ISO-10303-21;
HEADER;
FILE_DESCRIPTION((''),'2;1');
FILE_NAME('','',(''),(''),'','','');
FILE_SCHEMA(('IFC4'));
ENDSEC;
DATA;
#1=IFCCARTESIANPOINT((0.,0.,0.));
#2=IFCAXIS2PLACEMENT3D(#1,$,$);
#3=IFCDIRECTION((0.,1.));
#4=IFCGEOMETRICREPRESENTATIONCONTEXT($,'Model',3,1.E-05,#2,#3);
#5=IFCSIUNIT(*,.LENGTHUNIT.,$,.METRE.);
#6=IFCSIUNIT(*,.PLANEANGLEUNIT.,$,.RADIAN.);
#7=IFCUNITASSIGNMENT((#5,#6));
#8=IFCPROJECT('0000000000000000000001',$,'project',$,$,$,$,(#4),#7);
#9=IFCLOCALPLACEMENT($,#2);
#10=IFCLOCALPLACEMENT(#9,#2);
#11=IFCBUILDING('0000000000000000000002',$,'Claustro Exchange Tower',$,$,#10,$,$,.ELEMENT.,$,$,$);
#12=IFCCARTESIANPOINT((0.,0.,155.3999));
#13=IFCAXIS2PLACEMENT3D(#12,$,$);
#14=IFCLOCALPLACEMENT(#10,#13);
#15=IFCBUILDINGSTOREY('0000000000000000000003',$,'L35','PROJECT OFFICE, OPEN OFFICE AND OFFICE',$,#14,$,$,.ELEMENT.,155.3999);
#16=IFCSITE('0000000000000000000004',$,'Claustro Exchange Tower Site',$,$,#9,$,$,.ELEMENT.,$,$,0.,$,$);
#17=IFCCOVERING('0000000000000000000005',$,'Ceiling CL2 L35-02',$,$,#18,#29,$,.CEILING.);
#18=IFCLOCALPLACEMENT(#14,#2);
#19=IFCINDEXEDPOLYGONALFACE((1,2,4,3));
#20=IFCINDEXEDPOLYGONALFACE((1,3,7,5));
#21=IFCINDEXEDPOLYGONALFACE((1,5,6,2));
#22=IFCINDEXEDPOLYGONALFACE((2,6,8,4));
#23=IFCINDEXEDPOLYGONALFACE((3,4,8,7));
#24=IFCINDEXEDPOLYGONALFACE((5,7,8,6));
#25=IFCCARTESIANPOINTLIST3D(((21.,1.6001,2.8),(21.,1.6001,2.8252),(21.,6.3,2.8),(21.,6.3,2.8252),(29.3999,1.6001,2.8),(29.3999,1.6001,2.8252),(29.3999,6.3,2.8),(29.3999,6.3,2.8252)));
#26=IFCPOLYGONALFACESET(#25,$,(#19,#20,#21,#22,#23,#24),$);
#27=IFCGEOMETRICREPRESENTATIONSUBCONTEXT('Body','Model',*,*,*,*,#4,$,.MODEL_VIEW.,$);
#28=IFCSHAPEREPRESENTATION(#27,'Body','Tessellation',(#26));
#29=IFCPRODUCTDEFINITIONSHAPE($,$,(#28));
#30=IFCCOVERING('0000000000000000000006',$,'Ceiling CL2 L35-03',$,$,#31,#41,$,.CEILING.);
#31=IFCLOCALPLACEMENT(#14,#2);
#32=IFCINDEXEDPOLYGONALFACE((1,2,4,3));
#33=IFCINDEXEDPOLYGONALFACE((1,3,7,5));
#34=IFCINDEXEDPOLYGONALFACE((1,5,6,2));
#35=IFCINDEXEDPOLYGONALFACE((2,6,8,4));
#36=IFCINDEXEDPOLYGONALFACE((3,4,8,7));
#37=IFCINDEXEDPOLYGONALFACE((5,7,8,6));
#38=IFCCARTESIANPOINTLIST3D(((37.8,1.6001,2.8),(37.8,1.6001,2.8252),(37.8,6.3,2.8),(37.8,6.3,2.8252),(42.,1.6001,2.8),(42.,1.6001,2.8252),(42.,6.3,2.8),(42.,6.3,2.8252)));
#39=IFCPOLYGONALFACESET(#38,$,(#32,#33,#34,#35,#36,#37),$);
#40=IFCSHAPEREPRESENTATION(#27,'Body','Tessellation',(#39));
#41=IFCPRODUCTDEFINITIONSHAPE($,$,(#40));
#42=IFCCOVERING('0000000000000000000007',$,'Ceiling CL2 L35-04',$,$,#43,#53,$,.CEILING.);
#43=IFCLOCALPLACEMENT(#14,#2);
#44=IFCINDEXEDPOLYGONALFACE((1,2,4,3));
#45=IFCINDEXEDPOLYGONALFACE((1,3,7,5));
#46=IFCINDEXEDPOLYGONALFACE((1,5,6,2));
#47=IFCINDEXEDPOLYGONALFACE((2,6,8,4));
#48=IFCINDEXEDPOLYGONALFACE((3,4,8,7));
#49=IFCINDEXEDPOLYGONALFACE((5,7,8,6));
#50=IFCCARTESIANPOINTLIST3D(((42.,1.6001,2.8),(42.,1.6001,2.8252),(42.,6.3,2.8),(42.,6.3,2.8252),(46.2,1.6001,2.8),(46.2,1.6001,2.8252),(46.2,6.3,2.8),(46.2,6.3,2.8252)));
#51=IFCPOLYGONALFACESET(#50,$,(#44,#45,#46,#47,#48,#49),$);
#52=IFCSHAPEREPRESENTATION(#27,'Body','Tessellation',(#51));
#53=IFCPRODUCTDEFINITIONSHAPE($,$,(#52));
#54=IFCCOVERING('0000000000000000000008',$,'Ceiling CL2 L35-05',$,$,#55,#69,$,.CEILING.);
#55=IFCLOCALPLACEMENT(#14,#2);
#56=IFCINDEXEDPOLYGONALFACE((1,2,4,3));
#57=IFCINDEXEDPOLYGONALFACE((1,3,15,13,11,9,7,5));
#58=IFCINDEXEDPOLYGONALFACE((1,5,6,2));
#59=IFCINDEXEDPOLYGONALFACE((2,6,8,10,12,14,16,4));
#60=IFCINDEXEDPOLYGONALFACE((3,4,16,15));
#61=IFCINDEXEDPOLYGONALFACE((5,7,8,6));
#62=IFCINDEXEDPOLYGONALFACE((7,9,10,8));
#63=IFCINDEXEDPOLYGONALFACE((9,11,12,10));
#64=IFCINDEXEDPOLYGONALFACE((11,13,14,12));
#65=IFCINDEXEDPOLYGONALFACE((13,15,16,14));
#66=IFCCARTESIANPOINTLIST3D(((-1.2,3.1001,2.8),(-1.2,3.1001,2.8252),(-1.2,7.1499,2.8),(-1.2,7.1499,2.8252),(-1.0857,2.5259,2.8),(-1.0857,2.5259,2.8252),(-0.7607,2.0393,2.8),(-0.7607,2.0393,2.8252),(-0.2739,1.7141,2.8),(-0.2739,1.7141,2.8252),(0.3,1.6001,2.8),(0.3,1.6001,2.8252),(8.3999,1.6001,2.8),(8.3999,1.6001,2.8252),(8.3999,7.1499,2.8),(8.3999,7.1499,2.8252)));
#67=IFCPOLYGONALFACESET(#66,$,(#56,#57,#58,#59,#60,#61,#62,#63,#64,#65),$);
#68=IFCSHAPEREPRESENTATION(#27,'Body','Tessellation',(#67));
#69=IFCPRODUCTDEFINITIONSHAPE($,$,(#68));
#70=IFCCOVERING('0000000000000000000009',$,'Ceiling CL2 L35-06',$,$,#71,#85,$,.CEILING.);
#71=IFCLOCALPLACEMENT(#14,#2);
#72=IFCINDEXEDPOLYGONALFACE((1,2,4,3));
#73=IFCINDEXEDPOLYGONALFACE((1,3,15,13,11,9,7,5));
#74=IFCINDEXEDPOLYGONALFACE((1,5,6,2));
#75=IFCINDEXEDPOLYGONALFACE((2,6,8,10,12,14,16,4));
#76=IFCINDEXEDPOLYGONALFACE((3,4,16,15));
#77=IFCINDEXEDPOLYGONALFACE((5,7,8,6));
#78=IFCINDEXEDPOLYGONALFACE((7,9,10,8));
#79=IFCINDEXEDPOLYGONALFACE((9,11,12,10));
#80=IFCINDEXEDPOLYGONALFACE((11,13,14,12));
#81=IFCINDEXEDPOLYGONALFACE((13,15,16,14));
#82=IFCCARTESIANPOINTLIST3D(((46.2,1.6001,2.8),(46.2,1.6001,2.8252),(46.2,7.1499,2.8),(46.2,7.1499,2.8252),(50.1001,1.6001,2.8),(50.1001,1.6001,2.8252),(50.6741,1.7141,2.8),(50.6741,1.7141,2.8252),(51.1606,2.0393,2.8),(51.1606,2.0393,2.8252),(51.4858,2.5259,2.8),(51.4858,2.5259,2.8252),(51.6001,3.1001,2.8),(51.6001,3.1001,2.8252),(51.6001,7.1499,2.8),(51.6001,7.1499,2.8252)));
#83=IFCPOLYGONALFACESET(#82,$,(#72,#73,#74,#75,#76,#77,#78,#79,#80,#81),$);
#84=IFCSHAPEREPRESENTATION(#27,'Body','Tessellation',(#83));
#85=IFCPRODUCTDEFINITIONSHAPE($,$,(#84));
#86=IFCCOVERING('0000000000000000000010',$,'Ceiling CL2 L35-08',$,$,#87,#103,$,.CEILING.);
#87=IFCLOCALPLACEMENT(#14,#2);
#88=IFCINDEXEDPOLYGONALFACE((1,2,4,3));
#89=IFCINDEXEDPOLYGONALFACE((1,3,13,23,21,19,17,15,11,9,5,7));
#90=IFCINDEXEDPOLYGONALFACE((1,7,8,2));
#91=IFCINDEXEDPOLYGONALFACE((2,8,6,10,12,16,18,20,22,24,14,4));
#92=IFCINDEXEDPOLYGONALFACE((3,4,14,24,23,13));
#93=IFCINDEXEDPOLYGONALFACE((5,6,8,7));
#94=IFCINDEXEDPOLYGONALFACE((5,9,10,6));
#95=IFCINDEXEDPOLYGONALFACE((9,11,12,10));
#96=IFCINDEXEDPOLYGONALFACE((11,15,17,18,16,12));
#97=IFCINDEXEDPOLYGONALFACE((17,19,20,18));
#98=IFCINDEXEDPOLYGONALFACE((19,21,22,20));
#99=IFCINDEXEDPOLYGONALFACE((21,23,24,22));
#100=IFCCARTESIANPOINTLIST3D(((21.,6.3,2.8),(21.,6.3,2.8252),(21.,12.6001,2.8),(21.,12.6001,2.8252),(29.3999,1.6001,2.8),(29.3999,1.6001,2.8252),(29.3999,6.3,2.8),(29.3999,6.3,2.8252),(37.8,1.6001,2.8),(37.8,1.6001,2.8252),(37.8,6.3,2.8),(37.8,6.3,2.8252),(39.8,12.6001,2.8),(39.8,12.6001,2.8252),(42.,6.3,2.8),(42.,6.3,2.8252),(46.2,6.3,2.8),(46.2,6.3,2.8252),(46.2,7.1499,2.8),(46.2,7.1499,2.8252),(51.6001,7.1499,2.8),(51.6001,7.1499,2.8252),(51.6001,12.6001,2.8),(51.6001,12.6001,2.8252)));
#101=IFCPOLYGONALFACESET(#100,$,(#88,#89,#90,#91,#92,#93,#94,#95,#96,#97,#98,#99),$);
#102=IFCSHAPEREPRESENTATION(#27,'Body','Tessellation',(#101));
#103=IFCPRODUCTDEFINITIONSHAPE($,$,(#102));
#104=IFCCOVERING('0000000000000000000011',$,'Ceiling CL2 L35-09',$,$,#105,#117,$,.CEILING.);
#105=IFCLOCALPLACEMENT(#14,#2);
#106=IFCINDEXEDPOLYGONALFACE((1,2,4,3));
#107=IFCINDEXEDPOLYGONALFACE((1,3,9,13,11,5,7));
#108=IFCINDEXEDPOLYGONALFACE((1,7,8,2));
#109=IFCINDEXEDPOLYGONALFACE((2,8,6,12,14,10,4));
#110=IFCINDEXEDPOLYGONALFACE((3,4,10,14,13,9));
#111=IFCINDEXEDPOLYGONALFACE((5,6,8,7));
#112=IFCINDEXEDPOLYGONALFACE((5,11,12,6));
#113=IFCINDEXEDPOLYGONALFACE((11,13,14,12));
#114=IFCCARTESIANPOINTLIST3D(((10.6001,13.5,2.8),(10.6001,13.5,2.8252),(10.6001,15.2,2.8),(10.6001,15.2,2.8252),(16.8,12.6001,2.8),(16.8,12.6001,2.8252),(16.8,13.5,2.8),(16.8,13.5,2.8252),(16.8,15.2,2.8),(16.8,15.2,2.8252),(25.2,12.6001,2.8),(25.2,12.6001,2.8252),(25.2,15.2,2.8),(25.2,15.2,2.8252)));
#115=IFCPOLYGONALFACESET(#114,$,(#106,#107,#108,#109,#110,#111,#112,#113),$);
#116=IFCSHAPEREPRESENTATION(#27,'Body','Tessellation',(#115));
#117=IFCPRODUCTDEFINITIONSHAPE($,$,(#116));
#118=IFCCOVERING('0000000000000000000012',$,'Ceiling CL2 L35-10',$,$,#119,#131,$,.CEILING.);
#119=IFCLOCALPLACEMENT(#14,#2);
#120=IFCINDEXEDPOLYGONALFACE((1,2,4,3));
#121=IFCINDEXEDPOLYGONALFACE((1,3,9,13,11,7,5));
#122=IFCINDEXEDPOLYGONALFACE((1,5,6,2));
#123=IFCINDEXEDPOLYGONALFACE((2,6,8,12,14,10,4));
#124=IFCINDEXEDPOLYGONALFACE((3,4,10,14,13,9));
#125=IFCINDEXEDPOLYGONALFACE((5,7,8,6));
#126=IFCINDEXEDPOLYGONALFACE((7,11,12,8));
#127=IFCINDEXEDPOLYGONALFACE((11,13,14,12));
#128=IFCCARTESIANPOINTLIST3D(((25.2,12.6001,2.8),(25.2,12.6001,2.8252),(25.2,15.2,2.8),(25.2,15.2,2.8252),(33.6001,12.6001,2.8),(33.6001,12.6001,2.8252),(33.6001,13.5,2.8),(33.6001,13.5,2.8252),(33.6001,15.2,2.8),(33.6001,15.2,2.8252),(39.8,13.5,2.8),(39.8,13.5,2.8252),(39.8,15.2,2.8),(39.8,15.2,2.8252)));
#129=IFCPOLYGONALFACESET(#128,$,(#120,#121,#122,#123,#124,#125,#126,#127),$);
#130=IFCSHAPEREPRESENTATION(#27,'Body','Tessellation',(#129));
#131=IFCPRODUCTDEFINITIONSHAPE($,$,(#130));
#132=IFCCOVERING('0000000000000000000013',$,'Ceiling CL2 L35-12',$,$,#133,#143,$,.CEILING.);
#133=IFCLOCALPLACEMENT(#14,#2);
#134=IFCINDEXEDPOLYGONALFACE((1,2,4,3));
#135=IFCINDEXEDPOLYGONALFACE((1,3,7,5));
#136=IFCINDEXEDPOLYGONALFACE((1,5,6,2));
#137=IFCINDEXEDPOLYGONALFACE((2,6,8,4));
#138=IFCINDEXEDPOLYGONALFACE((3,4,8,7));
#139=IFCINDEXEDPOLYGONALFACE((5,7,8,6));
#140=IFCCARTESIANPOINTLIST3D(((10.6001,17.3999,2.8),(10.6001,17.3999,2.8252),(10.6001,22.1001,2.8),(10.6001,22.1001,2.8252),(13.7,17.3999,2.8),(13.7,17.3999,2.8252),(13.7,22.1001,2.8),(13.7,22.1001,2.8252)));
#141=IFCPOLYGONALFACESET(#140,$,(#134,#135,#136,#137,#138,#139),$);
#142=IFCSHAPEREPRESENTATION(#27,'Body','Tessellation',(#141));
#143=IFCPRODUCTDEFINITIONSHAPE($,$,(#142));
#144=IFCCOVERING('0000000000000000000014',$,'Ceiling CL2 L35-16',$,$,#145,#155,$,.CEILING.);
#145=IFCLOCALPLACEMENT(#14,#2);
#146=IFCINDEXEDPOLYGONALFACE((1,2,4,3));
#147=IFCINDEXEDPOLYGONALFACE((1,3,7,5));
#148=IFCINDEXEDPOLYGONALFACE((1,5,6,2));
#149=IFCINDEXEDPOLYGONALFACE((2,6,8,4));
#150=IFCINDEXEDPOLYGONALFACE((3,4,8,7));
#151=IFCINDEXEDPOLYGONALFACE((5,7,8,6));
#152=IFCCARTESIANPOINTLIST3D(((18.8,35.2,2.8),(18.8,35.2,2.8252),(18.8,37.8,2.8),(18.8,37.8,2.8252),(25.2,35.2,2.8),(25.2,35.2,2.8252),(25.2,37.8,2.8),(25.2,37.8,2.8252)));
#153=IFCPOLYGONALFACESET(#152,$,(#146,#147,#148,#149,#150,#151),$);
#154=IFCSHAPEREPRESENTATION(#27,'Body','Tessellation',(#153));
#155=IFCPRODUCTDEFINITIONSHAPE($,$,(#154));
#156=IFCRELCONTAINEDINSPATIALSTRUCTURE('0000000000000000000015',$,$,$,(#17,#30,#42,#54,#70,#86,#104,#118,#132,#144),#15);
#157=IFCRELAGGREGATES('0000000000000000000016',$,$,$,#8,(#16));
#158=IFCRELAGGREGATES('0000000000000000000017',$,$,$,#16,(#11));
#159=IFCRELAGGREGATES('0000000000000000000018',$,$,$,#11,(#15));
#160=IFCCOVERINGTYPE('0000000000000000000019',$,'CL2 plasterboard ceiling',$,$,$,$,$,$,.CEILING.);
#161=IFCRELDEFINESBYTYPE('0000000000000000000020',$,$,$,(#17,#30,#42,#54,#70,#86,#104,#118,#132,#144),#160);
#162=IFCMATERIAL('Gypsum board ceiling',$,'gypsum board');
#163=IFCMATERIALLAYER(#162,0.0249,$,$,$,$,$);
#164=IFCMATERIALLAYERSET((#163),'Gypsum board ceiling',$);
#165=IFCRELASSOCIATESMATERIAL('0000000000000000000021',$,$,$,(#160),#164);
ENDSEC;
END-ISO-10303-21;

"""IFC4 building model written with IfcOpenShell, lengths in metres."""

from ifc_helpers import new_model, si_unit, direction, frame, origin, place, context, subcontext, project, spatial, polyline, outline, extrude, material, layer, layer_set, type_object, element, save


model = new_model("IFC4")

# Units and contexts
model_context = context("Model", 3, precision=1e-05, world=origin(), true_north=direction((0.0, 1.0)))
body_context = subcontext(model_context, "Body", "Model", "MODEL_VIEW")
ifc_project = project(units=[si_unit("LENGTHUNIT", "METRE"), si_unit("PLANEANGLEUNIT", "RADIAN")], contexts=[model_context])

# Site, building, storey
site_placement = place(None, origin())
site = spatial("IfcSite", under=ifc_project, at=site_placement, Name="Claustro Exchange Tower Site", CompositionType="ELEMENT", RefElevation=0.0)
building_placement = place(site_placement, origin())
building = spatial("IfcBuilding", under=site, at=building_placement, Name="Claustro Exchange Tower", CompositionType="ELEMENT")
storey_placement = place(building_placement, frame((0.0, 0.0, 155.3999)))
storey = spatial("IfcBuildingStorey", under=building, at=storey_placement, Name="L35", Description="PROJECT OFFICE, OPEN OFFICE AND OFFICE", CompositionType="ELEMENT", Elevation=155.3999)

# Coverings
ifc_material_1 = material(Name="Gypsum board ceiling", Category="gypsum board")
ifc_layer_1 = layer(ifc_material_1, 0.0249)
ifc_layer_set_1 = layer_set([ifc_layer_1], Name="Gypsum board ceiling")
covering_type_1 = type_object("IfcCoveringType", Name="CL2 plasterboard ceiling", PredefinedType="CEILING", material=ifc_layer_set_1)
covering_1_placement = place(storey_placement, frame((0.0, 0.0, 2.8)))
element("IfcCovering", 1, at=covering_1_placement, inside=storey, type_object=covering_type_1, Name="Ceiling CL2 L35-02", PredefinedType="CEILING", context=body_context, shape_type="SweptSolid", body=[
    extrude(outline(polyline([(21.0, 1.6001), (29.3999, 1.6001), (29.3999, 6.3), (21.0, 6.3), (21.0, 1.6001)])), origin(), (0.0, 0.0, 1.0), 0.0251),
])
covering_2_placement = place(storey_placement, frame((0.0, 0.0, 2.8)))
element("IfcCovering", 2, at=covering_2_placement, inside=storey, type_object=covering_type_1, Name="Ceiling CL2 L35-03", PredefinedType="CEILING", context=body_context, shape_type="SweptSolid", body=[
    extrude(outline(polyline([(37.8, 1.6001), (42.0, 1.6001), (42.0, 6.3), (37.8, 6.3), (37.8, 1.6001)])), origin(), (0.0, 0.0, 1.0), 0.0251),
])
covering_3_placement = place(storey_placement, frame((0.0, 0.0, 2.8)))
element("IfcCovering", 3, at=covering_3_placement, inside=storey, type_object=covering_type_1, Name="Ceiling CL2 L35-04", PredefinedType="CEILING", context=body_context, shape_type="SweptSolid", body=[
    extrude(outline(polyline([(42.0, 1.6001), (46.2, 1.6001), (46.2, 6.3), (42.0, 6.3), (42.0, 1.6001)])), origin(), (0.0, 0.0, 1.0), 0.0251),
])
covering_4_placement = place(storey_placement, frame((0.0, 0.0, 2.8)))
element("IfcCovering", 4, at=covering_4_placement, inside=storey, type_object=covering_type_1, Name="Ceiling CL2 L35-05", PredefinedType="CEILING", context=body_context, shape_type="SweptSolid", body=[
    extrude(outline(polyline([(-1.0857, 2.5259), (-0.7607, 2.0393), (-0.2739, 1.7141), (0.3, 1.6001), (8.3999, 1.6001), (8.3999, 7.1499), (-1.2, 7.1499), (-1.2, 3.1001), (-1.0857, 2.5259)])), origin(), (0.0, 0.0, 1.0), 0.0251),
])
covering_5_placement = place(storey_placement, frame((0.0, 0.0, 2.8)))
element("IfcCovering", 5, at=covering_5_placement, inside=storey, type_object=covering_type_1, Name="Ceiling CL2 L35-06", PredefinedType="CEILING", context=body_context, shape_type="SweptSolid", body=[
    extrude(outline(polyline([(51.6001, 3.1001), (51.6001, 7.1499), (46.2, 7.1499), (46.2, 1.6001), (50.1001, 1.6001), (50.6741, 1.7141), (51.1606, 2.0393), (51.4858, 2.5259), (51.6001, 3.1001)])), origin(), (0.0, 0.0, 1.0), 0.0251),
])
covering_6_placement = place(storey_placement, frame((0.0, 0.0, 2.8)))
element("IfcCovering", 6, at=covering_6_placement, inside=storey, type_object=covering_type_1, Name="Ceiling CL2 L35-08", PredefinedType="CEILING", context=body_context, shape_type="SweptSolid", body=[
    extrude(outline(polyline([(51.6001, 12.6001), (39.8, 12.6001), (21.0, 12.6001), (21.0, 6.3), (29.3999, 6.3), (29.3999, 1.6001), (37.8, 1.6001), (37.8, 6.3), (42.0, 6.3), (46.2, 6.3), (46.2, 7.1499), (51.6001, 7.1499), (51.6001, 12.6001)])), origin(), (0.0, 0.0, 1.0), 0.0251),
])
covering_7_placement = place(storey_placement, frame((0.0, 0.0, 2.8)))
element("IfcCovering", 7, at=covering_7_placement, inside=storey, type_object=covering_type_1, Name="Ceiling CL2 L35-09", PredefinedType="CEILING", context=body_context, shape_type="SweptSolid", body=[
    extrude(outline(polyline([(10.6001, 15.2), (10.6001, 13.5), (16.8, 13.5), (16.8, 12.6001), (25.2, 12.6001), (25.2, 15.2), (16.8, 15.2), (10.6001, 15.2)])), origin(), (0.0, 0.0, 1.0), 0.0251),
])
covering_8_placement = place(storey_placement, frame((0.0, 0.0, 2.8)))
element("IfcCovering", 8, at=covering_8_placement, inside=storey, type_object=covering_type_1, Name="Ceiling CL2 L35-10", PredefinedType="CEILING", context=body_context, shape_type="SweptSolid", body=[
    extrude(outline(polyline([(39.8, 13.5), (39.8, 15.2), (33.6001, 15.2), (25.2, 15.2), (25.2, 12.6001), (33.6001, 12.6001), (33.6001, 13.5), (39.8, 13.5)])), origin(), (0.0, 0.0, 1.0), 0.0251),
])
covering_9_placement = place(storey_placement, frame((0.0, 0.0, 2.8)))
element("IfcCovering", 9, at=covering_9_placement, inside=storey, type_object=covering_type_1, Name="Ceiling CL2 L35-12", PredefinedType="CEILING", context=body_context, shape_type="SweptSolid", body=[
    extrude(outline(polyline([(13.7, 17.3999), (13.7, 22.1001), (10.6001, 22.1001), (10.6001, 17.3999), (13.7, 17.3999)])), origin(), (0.0, 0.0, 1.0), 0.0251),
])
covering_10_placement = place(storey_placement, frame((0.0, 0.0, 2.8)))
element("IfcCovering", 10, at=covering_10_placement, inside=storey, type_object=covering_type_1, Name="Ceiling CL2 L35-16", PredefinedType="CEILING", context=body_context, shape_type="SweptSolid", body=[
    extrude(outline(polyline([(18.8, 35.2), (25.2, 35.2), (25.2, 37.8), (18.8, 37.8), (18.8, 35.2)])), origin(), (0.0, 0.0, 1.0), 0.0251),
])

save(model, "model.ifc")
